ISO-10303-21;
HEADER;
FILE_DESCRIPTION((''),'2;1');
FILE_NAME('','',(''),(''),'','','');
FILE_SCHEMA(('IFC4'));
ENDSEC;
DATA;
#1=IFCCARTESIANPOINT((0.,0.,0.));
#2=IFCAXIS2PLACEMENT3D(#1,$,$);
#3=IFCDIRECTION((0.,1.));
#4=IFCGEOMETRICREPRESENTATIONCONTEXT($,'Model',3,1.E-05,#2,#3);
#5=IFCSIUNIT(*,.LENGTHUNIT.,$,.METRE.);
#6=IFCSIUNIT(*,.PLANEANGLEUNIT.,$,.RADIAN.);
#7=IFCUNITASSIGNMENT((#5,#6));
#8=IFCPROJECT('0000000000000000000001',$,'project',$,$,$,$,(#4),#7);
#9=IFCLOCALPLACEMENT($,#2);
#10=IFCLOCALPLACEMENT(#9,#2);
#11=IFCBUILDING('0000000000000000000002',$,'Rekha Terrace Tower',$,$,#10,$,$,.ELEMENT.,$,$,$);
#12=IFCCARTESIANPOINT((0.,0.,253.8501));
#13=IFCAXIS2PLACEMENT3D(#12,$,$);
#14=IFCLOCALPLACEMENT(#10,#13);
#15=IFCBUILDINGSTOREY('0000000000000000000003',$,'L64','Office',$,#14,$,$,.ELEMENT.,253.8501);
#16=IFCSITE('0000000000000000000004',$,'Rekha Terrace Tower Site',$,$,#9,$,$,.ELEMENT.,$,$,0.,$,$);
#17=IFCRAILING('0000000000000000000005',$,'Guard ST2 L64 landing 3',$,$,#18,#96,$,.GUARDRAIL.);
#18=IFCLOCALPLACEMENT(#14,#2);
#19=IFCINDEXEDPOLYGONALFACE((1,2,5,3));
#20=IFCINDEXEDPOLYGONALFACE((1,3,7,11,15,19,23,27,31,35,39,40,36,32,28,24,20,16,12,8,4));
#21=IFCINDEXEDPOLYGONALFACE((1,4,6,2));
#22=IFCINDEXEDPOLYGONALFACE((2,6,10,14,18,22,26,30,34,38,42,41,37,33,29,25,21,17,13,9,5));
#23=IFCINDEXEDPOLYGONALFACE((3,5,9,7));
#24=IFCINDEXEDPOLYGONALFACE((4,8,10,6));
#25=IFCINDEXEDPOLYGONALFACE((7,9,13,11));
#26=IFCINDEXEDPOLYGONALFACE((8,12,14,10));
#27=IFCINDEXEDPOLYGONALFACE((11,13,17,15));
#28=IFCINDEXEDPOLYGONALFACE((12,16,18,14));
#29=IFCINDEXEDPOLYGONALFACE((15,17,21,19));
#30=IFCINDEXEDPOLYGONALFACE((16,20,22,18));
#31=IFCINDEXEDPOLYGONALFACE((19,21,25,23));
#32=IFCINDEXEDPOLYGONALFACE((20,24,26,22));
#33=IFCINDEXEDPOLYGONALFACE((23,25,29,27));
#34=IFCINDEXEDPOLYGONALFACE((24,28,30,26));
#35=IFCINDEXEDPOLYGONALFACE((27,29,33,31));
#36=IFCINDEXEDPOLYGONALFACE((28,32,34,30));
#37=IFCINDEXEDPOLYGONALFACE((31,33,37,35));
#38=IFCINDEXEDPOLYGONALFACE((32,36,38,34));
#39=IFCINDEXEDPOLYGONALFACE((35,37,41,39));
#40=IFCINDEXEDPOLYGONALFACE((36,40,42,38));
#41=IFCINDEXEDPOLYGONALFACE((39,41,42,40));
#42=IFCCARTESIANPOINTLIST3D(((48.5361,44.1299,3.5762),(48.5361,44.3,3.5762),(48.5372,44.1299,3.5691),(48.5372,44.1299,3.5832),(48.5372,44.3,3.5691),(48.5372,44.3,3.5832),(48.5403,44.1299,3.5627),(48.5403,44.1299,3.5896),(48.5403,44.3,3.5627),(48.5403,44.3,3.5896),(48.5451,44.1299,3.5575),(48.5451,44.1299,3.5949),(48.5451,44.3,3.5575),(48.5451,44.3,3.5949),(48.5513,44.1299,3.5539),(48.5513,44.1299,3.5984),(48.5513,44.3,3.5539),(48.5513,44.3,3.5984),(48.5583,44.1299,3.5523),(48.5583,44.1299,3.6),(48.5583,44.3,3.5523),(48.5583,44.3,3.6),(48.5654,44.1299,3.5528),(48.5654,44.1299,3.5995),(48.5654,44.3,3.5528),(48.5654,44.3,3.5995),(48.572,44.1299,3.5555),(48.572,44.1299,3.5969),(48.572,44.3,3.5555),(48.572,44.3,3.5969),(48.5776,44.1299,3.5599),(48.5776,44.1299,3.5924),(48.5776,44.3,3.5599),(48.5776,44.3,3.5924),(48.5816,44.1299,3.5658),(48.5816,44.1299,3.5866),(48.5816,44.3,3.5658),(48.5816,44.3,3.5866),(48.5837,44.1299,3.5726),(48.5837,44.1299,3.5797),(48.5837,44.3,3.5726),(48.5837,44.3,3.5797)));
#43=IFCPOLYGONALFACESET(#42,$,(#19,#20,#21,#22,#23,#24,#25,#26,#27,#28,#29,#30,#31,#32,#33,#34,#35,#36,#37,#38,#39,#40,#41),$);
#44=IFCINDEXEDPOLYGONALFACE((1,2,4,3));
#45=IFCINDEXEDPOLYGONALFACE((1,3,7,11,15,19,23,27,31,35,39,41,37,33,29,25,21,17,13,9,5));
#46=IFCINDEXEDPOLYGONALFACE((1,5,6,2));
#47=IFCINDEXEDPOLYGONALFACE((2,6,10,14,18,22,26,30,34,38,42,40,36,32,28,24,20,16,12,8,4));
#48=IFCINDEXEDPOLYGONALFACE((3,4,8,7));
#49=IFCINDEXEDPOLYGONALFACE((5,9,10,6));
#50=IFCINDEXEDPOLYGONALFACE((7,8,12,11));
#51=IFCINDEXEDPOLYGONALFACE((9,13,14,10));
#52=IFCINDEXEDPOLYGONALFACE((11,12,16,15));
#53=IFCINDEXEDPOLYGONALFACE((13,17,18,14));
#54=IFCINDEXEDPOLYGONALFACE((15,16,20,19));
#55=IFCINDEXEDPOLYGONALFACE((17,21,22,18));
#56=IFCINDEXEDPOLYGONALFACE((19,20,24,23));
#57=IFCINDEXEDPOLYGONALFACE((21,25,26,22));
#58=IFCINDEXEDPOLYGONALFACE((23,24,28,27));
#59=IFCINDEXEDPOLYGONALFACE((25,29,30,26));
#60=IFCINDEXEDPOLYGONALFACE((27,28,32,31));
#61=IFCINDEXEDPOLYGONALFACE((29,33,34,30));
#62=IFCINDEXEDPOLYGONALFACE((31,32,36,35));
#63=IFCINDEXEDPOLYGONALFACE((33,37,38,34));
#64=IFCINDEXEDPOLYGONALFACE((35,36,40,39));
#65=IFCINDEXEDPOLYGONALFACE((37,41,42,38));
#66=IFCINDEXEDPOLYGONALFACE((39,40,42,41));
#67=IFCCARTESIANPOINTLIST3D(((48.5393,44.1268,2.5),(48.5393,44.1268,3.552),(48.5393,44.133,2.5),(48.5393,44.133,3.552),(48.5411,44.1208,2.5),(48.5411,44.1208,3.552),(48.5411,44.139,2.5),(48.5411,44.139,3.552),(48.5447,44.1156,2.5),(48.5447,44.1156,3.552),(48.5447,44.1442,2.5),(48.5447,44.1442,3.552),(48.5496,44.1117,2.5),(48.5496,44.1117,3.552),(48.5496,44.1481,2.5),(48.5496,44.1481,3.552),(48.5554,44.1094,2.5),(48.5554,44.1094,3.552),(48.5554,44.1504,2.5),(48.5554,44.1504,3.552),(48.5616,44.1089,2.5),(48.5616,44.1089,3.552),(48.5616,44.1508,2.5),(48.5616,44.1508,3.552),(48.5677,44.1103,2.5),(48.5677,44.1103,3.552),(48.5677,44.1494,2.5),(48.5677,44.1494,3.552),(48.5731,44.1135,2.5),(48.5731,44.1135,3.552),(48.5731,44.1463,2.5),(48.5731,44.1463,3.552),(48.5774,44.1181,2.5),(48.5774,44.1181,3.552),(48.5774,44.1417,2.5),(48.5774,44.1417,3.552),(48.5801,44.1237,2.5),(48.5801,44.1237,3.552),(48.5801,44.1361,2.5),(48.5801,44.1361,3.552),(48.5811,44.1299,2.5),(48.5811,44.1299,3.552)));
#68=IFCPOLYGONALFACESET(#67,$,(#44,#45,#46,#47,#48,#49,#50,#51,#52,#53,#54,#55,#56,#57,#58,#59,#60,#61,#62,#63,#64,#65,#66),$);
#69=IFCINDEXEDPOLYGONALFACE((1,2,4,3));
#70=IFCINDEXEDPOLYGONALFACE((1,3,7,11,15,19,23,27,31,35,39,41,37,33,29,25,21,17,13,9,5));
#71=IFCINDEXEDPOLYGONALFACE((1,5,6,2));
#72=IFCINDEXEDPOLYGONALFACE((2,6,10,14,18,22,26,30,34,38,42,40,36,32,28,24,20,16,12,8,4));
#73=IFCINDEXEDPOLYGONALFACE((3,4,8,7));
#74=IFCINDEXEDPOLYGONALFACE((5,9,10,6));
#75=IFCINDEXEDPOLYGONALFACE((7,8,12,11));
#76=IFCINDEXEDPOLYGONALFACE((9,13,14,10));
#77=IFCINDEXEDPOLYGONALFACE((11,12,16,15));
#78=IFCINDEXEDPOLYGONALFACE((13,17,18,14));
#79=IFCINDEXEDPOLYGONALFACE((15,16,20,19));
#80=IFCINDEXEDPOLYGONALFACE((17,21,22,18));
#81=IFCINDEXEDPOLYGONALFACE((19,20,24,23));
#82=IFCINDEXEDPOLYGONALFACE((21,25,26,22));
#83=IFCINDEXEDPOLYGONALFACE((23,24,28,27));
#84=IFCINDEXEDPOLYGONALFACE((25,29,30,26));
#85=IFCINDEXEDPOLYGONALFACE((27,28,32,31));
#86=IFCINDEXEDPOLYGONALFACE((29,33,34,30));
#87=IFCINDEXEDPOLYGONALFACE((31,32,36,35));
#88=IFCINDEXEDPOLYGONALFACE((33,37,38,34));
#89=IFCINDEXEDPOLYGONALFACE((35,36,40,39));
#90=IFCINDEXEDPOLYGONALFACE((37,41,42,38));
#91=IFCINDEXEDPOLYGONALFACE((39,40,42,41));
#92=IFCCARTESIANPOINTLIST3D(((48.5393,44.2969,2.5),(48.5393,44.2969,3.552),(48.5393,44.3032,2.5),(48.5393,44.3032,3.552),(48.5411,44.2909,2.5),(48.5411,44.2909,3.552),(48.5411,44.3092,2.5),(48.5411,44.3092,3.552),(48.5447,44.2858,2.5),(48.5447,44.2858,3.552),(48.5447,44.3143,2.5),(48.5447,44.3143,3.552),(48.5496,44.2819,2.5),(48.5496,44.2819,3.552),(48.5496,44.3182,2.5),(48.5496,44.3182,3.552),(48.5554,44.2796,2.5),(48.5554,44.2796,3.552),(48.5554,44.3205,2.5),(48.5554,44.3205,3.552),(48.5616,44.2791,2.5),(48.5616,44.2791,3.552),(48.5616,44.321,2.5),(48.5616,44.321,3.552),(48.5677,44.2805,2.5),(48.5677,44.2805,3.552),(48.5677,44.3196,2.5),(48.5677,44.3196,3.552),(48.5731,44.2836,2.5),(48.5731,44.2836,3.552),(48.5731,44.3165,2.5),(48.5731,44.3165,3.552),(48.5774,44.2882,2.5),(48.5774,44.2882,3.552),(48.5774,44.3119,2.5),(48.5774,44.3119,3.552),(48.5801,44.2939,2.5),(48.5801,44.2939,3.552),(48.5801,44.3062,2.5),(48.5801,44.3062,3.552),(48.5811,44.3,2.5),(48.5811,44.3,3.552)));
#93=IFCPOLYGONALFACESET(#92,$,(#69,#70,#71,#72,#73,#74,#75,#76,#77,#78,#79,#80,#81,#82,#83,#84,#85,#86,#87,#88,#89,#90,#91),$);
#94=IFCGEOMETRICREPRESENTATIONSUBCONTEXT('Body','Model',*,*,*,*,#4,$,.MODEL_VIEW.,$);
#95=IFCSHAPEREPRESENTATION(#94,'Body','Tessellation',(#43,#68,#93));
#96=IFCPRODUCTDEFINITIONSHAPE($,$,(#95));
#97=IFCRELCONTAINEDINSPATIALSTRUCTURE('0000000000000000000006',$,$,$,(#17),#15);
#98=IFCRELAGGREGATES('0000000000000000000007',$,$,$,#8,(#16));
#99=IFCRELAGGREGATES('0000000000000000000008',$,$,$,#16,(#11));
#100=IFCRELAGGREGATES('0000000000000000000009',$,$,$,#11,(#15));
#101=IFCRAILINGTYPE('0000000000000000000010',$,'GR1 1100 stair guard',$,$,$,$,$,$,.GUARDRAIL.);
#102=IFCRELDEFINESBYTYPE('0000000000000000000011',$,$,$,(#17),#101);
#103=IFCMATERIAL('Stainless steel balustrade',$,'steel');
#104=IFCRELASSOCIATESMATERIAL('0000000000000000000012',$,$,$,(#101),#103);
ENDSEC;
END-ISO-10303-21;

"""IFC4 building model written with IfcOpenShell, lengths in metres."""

from ifc_helpers import new_model, si_unit, direction, frame, origin, origin_2d, place, context, subcontext, project, spatial, circle, extrude, material, type_object, element, save


model = new_model("IFC4")

# Units and contexts
model_context = context("Model", 3, precision=1e-05, world=origin(), true_north=direction((0.0, 1.0)))
body_context = subcontext(model_context, "Body", "Model", "MODEL_VIEW")
ifc_project = project(units=[si_unit("LENGTHUNIT", "METRE"), si_unit("PLANEANGLEUNIT", "RADIAN")], contexts=[model_context])

# Site, building, storey
site_placement = place(None, origin())
site = spatial("IfcSite", under=ifc_project, at=site_placement, Name="Rekha Terrace Tower Site", CompositionType="ELEMENT", RefElevation=0.0)
building_placement = place(site_placement, origin())
building = spatial("IfcBuilding", under=site, at=building_placement, Name="Rekha Terrace Tower", CompositionType="ELEMENT")
storey_placement = place(building_placement, frame((0.0, 0.0, 253.8501)))
storey = spatial("IfcBuildingStorey", under=building, at=storey_placement, Name="L64", Description="Office", CompositionType="ELEMENT", Elevation=253.8501)

# Railing
ifc_material_1 = material(Name="Stainless steel balustrade", Category="steel")
railing_type_1 = type_object("IfcRailingType", Name="GR1 1100 stair guard", PredefinedType="GUARDRAIL", material=ifc_material_1)
railing_1_placement = place(storey_placement, frame((48.5601, 44.1299, 2.5)))
element("IfcRailing", 1, at=railing_1_placement, inside=storey, type_object=railing_type_1, Name="Guard ST2 L64 landing 3", PredefinedType="GUARDRAIL", context=body_context, shape_type="SweptSolid", body=[
    extrude(circle(Radius=0.0239, at=origin_2d()), frame((0.0, 0.0, 1.0762), z_axis=(0.0, 1.0, 0.0), x_axis=(-1.0, 0.0, 0.0)), (0.0, 0.0, 1.0), 0.1702),
    extrude(circle(Radius=0.021, at=origin_2d()), origin(), (0.0, 0.0, 1.0), 1.052),
    extrude(circle(Radius=0.021, at=origin_2d()), frame((0.0, 0.1702, 0.0)), (0.0, 0.0, 1.0), 1.052),
])

save(model, "model.ifc")
